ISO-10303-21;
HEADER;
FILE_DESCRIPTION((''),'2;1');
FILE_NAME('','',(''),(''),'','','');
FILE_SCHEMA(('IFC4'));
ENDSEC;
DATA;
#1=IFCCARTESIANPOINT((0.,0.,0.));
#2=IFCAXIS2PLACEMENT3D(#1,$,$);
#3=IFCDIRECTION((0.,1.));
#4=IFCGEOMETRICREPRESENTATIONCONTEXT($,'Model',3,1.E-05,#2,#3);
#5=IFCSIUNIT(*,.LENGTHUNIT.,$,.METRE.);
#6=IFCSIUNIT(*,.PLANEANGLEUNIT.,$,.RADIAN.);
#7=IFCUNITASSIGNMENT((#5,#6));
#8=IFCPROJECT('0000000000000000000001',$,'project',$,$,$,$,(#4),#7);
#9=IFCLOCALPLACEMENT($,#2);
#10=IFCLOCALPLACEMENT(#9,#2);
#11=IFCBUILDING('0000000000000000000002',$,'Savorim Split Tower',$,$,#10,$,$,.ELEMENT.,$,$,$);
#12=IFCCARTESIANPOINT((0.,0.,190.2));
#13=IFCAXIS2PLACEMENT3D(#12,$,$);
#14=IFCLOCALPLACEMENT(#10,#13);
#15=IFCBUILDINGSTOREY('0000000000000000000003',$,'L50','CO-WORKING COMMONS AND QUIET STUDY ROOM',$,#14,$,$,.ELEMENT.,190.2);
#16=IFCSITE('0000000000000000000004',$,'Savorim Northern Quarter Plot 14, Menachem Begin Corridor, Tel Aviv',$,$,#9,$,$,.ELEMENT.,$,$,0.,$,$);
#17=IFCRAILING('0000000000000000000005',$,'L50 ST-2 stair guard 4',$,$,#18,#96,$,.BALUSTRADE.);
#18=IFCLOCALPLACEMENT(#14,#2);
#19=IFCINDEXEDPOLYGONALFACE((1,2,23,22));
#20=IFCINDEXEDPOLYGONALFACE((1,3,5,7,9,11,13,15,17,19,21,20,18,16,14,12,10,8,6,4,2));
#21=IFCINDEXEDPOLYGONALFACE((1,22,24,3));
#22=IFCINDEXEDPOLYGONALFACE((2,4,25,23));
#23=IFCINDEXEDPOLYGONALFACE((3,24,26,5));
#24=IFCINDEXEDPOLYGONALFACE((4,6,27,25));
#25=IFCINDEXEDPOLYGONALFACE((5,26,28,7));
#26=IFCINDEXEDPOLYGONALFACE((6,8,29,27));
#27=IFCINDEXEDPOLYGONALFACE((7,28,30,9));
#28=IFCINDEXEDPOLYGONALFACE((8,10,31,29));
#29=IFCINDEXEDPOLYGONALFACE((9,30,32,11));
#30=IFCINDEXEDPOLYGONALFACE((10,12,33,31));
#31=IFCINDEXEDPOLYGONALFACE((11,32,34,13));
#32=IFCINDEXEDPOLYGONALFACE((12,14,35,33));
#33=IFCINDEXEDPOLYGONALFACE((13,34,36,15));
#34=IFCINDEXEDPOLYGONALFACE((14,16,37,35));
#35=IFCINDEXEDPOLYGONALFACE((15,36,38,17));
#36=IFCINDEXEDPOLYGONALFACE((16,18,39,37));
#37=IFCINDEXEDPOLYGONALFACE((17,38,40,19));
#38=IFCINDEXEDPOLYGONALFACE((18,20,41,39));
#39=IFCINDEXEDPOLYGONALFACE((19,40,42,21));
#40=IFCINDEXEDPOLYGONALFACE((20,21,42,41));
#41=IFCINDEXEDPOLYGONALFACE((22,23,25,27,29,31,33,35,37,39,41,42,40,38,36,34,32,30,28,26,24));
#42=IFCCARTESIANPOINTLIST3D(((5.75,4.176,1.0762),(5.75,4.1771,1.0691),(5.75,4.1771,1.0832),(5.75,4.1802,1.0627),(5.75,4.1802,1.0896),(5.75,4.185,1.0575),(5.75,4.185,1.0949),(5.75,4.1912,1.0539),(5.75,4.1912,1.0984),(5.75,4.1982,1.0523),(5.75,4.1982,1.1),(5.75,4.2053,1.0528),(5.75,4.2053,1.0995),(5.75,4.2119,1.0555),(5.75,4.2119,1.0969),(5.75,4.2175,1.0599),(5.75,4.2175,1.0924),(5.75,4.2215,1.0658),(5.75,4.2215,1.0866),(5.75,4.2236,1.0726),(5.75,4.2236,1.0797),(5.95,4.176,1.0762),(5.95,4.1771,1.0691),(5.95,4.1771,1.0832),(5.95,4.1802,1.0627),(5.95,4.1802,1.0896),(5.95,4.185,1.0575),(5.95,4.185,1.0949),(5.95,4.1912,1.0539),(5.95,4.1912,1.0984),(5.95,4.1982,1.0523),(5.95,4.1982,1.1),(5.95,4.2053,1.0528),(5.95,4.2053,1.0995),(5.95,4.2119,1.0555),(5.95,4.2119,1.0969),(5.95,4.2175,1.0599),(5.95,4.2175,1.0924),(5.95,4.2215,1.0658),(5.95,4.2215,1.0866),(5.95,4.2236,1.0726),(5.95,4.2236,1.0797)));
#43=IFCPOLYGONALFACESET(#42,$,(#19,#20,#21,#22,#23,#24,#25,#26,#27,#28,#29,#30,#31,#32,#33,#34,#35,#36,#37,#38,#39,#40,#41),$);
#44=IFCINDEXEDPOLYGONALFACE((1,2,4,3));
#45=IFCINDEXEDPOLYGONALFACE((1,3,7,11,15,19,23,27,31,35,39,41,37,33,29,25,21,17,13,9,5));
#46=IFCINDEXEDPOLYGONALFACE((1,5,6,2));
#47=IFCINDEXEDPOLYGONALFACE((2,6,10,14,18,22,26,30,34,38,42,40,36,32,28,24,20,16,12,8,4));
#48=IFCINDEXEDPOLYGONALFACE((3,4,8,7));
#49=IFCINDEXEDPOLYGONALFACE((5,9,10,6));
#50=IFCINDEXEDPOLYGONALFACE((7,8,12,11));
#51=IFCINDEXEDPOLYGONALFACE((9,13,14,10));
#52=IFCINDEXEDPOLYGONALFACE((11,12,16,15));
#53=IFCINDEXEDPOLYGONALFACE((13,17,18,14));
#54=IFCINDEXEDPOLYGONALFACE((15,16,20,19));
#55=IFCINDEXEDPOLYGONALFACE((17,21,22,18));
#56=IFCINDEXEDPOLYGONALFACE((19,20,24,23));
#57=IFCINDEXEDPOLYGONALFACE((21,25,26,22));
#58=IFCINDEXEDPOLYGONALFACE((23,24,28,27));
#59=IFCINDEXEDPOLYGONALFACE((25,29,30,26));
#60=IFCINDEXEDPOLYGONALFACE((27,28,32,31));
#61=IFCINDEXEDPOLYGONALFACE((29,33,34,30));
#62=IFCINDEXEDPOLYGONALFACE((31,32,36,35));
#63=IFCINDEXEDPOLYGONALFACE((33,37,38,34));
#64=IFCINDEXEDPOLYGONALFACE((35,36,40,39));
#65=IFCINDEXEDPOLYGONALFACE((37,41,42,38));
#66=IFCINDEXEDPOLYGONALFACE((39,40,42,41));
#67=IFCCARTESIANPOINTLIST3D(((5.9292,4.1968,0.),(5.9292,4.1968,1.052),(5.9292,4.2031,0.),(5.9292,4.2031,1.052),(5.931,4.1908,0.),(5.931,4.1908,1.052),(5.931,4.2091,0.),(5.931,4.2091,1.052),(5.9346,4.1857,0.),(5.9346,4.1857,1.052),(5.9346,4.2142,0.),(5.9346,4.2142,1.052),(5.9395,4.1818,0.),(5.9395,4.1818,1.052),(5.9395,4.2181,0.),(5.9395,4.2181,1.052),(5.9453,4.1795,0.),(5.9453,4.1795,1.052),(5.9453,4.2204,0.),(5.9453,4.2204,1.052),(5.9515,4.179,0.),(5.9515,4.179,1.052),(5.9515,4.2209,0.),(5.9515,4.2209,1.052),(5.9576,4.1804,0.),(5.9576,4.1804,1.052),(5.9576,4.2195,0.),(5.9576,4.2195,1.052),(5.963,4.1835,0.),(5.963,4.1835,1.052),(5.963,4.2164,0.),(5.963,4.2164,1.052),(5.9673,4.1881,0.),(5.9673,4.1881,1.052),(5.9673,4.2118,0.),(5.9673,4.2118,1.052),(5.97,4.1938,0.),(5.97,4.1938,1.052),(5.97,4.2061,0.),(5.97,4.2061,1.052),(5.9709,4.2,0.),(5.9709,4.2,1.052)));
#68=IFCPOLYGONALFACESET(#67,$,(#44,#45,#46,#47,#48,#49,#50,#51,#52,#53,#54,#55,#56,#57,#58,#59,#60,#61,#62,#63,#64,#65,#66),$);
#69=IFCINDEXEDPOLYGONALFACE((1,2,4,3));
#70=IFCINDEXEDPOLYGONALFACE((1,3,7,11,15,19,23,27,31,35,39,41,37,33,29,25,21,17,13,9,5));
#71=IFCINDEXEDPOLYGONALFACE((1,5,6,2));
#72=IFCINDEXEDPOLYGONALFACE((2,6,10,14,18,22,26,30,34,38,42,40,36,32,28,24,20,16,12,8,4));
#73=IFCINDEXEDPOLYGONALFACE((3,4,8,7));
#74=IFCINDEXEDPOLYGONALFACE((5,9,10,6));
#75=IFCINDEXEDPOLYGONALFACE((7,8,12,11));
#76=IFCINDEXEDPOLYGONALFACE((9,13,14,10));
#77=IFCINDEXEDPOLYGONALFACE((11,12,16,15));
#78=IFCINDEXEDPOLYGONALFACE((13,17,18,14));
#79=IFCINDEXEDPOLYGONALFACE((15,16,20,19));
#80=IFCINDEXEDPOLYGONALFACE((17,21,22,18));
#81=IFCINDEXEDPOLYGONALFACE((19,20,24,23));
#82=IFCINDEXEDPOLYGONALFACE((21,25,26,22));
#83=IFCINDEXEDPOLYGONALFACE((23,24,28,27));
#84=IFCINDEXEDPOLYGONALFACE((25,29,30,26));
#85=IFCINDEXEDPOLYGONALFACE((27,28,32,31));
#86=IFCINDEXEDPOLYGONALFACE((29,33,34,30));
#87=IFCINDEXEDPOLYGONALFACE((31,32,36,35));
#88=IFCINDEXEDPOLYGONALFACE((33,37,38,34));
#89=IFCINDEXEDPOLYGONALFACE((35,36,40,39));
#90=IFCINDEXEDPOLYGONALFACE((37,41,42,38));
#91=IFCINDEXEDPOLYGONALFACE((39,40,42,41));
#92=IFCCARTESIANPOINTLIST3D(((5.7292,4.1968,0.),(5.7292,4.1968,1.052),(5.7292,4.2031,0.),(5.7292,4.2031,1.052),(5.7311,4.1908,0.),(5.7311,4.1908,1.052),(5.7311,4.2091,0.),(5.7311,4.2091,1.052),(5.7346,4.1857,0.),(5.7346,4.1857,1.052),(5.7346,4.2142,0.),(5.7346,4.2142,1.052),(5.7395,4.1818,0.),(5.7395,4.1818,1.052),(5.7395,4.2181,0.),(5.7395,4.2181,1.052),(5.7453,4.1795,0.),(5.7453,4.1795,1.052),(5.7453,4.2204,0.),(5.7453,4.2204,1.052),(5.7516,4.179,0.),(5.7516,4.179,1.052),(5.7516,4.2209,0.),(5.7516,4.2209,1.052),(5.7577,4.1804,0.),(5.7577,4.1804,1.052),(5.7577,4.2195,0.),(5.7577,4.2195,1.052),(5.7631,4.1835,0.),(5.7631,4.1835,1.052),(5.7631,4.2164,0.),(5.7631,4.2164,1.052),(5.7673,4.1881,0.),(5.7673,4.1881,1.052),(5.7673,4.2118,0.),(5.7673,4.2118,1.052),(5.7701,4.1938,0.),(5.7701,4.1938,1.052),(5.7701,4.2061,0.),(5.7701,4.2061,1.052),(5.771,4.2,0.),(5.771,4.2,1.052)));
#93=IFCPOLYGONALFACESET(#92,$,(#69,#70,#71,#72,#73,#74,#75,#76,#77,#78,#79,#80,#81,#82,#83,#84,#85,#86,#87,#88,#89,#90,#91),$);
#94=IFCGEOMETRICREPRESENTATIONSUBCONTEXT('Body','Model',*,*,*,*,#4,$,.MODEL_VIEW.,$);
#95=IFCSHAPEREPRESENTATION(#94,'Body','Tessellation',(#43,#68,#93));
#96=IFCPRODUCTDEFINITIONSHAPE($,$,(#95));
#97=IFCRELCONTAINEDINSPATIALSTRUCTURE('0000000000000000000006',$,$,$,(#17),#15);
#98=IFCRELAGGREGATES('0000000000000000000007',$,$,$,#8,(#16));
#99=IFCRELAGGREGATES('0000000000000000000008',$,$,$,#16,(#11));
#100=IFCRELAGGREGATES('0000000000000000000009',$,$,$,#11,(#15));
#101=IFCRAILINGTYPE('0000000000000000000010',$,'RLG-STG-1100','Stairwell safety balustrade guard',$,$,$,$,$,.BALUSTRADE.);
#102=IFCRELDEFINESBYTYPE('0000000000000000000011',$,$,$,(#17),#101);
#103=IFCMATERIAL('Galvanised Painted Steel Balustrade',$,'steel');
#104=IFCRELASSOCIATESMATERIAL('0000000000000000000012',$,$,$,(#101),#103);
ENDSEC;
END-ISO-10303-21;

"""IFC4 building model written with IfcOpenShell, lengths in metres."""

from ifc_helpers import new_model, si_unit, direction, frame, origin, origin_2d, place, context, subcontext, project, spatial, circle, extrude, material, type_object, element, save


model = new_model("IFC4")

# Units and contexts
model_context = context("Model", 3, precision=1e-05, world=origin(), true_north=direction((0.0, 1.0)))
body_context = subcontext(model_context, "Body", "Model", "MODEL_VIEW")
ifc_project = project(units=[si_unit("LENGTHUNIT", "METRE"), si_unit("PLANEANGLEUNIT", "RADIAN")], contexts=[model_context])

# Site, building, storey
site_placement = place(None, origin())
site = spatial("IfcSite", under=ifc_project, at=site_placement, Name="Savorim Northern Quarter Plot 14, Menachem Begin Corridor, Tel Aviv", CompositionType="ELEMENT", RefElevation=0.0)
building_placement = place(site_placement, origin())
building = spatial("IfcBuilding", under=site, at=building_placement, Name="Savorim Split Tower", CompositionType="ELEMENT")
storey_placement = place(building_placement, frame((0.0, 0.0, 190.2)))
storey = spatial("IfcBuildingStorey", under=building, at=storey_placement, Name="L50", Description="CO-WORKING COMMONS AND QUIET STUDY ROOM", CompositionType="ELEMENT", Elevation=190.2)

# Railing
ifc_material_1 = material(Name="Galvanised Painted Steel Balustrade", Category="steel")
railing_type_1 = type_object("IfcRailingType", Name="RLG-STG-1100", Description="Stairwell safety balustrade guard", PredefinedType="BALUSTRADE", material=ifc_material_1)
railing_1_placement = place(storey_placement, frame((5.95, 4.2, 0.0)))
element("IfcRailing", 1, at=railing_1_placement, inside=storey, type_object=railing_type_1, Name="L50 ST-2 stair guard 4", PredefinedType="BALUSTRADE", context=body_context, shape_type="SweptSolid", body=[
    extrude(circle(Radius=0.0239, at=origin_2d()), frame((0.0, 0.0, 1.0762), z_axis=(-1.0, 0.0, 0.0), x_axis=(0.0, -1.0, 0.0)), (0.0, 0.0, 1.0), 0.2),
    extrude(circle(Radius=0.021, at=origin_2d()), origin(), (0.0, 0.0, 1.0), 1.052),
    extrude(circle(Radius=0.021, at=origin_2d()), frame((-0.2, 0.0, 0.0)), (0.0, 0.0, 1.0), 1.052),
])

save(model, "model.ifc")
